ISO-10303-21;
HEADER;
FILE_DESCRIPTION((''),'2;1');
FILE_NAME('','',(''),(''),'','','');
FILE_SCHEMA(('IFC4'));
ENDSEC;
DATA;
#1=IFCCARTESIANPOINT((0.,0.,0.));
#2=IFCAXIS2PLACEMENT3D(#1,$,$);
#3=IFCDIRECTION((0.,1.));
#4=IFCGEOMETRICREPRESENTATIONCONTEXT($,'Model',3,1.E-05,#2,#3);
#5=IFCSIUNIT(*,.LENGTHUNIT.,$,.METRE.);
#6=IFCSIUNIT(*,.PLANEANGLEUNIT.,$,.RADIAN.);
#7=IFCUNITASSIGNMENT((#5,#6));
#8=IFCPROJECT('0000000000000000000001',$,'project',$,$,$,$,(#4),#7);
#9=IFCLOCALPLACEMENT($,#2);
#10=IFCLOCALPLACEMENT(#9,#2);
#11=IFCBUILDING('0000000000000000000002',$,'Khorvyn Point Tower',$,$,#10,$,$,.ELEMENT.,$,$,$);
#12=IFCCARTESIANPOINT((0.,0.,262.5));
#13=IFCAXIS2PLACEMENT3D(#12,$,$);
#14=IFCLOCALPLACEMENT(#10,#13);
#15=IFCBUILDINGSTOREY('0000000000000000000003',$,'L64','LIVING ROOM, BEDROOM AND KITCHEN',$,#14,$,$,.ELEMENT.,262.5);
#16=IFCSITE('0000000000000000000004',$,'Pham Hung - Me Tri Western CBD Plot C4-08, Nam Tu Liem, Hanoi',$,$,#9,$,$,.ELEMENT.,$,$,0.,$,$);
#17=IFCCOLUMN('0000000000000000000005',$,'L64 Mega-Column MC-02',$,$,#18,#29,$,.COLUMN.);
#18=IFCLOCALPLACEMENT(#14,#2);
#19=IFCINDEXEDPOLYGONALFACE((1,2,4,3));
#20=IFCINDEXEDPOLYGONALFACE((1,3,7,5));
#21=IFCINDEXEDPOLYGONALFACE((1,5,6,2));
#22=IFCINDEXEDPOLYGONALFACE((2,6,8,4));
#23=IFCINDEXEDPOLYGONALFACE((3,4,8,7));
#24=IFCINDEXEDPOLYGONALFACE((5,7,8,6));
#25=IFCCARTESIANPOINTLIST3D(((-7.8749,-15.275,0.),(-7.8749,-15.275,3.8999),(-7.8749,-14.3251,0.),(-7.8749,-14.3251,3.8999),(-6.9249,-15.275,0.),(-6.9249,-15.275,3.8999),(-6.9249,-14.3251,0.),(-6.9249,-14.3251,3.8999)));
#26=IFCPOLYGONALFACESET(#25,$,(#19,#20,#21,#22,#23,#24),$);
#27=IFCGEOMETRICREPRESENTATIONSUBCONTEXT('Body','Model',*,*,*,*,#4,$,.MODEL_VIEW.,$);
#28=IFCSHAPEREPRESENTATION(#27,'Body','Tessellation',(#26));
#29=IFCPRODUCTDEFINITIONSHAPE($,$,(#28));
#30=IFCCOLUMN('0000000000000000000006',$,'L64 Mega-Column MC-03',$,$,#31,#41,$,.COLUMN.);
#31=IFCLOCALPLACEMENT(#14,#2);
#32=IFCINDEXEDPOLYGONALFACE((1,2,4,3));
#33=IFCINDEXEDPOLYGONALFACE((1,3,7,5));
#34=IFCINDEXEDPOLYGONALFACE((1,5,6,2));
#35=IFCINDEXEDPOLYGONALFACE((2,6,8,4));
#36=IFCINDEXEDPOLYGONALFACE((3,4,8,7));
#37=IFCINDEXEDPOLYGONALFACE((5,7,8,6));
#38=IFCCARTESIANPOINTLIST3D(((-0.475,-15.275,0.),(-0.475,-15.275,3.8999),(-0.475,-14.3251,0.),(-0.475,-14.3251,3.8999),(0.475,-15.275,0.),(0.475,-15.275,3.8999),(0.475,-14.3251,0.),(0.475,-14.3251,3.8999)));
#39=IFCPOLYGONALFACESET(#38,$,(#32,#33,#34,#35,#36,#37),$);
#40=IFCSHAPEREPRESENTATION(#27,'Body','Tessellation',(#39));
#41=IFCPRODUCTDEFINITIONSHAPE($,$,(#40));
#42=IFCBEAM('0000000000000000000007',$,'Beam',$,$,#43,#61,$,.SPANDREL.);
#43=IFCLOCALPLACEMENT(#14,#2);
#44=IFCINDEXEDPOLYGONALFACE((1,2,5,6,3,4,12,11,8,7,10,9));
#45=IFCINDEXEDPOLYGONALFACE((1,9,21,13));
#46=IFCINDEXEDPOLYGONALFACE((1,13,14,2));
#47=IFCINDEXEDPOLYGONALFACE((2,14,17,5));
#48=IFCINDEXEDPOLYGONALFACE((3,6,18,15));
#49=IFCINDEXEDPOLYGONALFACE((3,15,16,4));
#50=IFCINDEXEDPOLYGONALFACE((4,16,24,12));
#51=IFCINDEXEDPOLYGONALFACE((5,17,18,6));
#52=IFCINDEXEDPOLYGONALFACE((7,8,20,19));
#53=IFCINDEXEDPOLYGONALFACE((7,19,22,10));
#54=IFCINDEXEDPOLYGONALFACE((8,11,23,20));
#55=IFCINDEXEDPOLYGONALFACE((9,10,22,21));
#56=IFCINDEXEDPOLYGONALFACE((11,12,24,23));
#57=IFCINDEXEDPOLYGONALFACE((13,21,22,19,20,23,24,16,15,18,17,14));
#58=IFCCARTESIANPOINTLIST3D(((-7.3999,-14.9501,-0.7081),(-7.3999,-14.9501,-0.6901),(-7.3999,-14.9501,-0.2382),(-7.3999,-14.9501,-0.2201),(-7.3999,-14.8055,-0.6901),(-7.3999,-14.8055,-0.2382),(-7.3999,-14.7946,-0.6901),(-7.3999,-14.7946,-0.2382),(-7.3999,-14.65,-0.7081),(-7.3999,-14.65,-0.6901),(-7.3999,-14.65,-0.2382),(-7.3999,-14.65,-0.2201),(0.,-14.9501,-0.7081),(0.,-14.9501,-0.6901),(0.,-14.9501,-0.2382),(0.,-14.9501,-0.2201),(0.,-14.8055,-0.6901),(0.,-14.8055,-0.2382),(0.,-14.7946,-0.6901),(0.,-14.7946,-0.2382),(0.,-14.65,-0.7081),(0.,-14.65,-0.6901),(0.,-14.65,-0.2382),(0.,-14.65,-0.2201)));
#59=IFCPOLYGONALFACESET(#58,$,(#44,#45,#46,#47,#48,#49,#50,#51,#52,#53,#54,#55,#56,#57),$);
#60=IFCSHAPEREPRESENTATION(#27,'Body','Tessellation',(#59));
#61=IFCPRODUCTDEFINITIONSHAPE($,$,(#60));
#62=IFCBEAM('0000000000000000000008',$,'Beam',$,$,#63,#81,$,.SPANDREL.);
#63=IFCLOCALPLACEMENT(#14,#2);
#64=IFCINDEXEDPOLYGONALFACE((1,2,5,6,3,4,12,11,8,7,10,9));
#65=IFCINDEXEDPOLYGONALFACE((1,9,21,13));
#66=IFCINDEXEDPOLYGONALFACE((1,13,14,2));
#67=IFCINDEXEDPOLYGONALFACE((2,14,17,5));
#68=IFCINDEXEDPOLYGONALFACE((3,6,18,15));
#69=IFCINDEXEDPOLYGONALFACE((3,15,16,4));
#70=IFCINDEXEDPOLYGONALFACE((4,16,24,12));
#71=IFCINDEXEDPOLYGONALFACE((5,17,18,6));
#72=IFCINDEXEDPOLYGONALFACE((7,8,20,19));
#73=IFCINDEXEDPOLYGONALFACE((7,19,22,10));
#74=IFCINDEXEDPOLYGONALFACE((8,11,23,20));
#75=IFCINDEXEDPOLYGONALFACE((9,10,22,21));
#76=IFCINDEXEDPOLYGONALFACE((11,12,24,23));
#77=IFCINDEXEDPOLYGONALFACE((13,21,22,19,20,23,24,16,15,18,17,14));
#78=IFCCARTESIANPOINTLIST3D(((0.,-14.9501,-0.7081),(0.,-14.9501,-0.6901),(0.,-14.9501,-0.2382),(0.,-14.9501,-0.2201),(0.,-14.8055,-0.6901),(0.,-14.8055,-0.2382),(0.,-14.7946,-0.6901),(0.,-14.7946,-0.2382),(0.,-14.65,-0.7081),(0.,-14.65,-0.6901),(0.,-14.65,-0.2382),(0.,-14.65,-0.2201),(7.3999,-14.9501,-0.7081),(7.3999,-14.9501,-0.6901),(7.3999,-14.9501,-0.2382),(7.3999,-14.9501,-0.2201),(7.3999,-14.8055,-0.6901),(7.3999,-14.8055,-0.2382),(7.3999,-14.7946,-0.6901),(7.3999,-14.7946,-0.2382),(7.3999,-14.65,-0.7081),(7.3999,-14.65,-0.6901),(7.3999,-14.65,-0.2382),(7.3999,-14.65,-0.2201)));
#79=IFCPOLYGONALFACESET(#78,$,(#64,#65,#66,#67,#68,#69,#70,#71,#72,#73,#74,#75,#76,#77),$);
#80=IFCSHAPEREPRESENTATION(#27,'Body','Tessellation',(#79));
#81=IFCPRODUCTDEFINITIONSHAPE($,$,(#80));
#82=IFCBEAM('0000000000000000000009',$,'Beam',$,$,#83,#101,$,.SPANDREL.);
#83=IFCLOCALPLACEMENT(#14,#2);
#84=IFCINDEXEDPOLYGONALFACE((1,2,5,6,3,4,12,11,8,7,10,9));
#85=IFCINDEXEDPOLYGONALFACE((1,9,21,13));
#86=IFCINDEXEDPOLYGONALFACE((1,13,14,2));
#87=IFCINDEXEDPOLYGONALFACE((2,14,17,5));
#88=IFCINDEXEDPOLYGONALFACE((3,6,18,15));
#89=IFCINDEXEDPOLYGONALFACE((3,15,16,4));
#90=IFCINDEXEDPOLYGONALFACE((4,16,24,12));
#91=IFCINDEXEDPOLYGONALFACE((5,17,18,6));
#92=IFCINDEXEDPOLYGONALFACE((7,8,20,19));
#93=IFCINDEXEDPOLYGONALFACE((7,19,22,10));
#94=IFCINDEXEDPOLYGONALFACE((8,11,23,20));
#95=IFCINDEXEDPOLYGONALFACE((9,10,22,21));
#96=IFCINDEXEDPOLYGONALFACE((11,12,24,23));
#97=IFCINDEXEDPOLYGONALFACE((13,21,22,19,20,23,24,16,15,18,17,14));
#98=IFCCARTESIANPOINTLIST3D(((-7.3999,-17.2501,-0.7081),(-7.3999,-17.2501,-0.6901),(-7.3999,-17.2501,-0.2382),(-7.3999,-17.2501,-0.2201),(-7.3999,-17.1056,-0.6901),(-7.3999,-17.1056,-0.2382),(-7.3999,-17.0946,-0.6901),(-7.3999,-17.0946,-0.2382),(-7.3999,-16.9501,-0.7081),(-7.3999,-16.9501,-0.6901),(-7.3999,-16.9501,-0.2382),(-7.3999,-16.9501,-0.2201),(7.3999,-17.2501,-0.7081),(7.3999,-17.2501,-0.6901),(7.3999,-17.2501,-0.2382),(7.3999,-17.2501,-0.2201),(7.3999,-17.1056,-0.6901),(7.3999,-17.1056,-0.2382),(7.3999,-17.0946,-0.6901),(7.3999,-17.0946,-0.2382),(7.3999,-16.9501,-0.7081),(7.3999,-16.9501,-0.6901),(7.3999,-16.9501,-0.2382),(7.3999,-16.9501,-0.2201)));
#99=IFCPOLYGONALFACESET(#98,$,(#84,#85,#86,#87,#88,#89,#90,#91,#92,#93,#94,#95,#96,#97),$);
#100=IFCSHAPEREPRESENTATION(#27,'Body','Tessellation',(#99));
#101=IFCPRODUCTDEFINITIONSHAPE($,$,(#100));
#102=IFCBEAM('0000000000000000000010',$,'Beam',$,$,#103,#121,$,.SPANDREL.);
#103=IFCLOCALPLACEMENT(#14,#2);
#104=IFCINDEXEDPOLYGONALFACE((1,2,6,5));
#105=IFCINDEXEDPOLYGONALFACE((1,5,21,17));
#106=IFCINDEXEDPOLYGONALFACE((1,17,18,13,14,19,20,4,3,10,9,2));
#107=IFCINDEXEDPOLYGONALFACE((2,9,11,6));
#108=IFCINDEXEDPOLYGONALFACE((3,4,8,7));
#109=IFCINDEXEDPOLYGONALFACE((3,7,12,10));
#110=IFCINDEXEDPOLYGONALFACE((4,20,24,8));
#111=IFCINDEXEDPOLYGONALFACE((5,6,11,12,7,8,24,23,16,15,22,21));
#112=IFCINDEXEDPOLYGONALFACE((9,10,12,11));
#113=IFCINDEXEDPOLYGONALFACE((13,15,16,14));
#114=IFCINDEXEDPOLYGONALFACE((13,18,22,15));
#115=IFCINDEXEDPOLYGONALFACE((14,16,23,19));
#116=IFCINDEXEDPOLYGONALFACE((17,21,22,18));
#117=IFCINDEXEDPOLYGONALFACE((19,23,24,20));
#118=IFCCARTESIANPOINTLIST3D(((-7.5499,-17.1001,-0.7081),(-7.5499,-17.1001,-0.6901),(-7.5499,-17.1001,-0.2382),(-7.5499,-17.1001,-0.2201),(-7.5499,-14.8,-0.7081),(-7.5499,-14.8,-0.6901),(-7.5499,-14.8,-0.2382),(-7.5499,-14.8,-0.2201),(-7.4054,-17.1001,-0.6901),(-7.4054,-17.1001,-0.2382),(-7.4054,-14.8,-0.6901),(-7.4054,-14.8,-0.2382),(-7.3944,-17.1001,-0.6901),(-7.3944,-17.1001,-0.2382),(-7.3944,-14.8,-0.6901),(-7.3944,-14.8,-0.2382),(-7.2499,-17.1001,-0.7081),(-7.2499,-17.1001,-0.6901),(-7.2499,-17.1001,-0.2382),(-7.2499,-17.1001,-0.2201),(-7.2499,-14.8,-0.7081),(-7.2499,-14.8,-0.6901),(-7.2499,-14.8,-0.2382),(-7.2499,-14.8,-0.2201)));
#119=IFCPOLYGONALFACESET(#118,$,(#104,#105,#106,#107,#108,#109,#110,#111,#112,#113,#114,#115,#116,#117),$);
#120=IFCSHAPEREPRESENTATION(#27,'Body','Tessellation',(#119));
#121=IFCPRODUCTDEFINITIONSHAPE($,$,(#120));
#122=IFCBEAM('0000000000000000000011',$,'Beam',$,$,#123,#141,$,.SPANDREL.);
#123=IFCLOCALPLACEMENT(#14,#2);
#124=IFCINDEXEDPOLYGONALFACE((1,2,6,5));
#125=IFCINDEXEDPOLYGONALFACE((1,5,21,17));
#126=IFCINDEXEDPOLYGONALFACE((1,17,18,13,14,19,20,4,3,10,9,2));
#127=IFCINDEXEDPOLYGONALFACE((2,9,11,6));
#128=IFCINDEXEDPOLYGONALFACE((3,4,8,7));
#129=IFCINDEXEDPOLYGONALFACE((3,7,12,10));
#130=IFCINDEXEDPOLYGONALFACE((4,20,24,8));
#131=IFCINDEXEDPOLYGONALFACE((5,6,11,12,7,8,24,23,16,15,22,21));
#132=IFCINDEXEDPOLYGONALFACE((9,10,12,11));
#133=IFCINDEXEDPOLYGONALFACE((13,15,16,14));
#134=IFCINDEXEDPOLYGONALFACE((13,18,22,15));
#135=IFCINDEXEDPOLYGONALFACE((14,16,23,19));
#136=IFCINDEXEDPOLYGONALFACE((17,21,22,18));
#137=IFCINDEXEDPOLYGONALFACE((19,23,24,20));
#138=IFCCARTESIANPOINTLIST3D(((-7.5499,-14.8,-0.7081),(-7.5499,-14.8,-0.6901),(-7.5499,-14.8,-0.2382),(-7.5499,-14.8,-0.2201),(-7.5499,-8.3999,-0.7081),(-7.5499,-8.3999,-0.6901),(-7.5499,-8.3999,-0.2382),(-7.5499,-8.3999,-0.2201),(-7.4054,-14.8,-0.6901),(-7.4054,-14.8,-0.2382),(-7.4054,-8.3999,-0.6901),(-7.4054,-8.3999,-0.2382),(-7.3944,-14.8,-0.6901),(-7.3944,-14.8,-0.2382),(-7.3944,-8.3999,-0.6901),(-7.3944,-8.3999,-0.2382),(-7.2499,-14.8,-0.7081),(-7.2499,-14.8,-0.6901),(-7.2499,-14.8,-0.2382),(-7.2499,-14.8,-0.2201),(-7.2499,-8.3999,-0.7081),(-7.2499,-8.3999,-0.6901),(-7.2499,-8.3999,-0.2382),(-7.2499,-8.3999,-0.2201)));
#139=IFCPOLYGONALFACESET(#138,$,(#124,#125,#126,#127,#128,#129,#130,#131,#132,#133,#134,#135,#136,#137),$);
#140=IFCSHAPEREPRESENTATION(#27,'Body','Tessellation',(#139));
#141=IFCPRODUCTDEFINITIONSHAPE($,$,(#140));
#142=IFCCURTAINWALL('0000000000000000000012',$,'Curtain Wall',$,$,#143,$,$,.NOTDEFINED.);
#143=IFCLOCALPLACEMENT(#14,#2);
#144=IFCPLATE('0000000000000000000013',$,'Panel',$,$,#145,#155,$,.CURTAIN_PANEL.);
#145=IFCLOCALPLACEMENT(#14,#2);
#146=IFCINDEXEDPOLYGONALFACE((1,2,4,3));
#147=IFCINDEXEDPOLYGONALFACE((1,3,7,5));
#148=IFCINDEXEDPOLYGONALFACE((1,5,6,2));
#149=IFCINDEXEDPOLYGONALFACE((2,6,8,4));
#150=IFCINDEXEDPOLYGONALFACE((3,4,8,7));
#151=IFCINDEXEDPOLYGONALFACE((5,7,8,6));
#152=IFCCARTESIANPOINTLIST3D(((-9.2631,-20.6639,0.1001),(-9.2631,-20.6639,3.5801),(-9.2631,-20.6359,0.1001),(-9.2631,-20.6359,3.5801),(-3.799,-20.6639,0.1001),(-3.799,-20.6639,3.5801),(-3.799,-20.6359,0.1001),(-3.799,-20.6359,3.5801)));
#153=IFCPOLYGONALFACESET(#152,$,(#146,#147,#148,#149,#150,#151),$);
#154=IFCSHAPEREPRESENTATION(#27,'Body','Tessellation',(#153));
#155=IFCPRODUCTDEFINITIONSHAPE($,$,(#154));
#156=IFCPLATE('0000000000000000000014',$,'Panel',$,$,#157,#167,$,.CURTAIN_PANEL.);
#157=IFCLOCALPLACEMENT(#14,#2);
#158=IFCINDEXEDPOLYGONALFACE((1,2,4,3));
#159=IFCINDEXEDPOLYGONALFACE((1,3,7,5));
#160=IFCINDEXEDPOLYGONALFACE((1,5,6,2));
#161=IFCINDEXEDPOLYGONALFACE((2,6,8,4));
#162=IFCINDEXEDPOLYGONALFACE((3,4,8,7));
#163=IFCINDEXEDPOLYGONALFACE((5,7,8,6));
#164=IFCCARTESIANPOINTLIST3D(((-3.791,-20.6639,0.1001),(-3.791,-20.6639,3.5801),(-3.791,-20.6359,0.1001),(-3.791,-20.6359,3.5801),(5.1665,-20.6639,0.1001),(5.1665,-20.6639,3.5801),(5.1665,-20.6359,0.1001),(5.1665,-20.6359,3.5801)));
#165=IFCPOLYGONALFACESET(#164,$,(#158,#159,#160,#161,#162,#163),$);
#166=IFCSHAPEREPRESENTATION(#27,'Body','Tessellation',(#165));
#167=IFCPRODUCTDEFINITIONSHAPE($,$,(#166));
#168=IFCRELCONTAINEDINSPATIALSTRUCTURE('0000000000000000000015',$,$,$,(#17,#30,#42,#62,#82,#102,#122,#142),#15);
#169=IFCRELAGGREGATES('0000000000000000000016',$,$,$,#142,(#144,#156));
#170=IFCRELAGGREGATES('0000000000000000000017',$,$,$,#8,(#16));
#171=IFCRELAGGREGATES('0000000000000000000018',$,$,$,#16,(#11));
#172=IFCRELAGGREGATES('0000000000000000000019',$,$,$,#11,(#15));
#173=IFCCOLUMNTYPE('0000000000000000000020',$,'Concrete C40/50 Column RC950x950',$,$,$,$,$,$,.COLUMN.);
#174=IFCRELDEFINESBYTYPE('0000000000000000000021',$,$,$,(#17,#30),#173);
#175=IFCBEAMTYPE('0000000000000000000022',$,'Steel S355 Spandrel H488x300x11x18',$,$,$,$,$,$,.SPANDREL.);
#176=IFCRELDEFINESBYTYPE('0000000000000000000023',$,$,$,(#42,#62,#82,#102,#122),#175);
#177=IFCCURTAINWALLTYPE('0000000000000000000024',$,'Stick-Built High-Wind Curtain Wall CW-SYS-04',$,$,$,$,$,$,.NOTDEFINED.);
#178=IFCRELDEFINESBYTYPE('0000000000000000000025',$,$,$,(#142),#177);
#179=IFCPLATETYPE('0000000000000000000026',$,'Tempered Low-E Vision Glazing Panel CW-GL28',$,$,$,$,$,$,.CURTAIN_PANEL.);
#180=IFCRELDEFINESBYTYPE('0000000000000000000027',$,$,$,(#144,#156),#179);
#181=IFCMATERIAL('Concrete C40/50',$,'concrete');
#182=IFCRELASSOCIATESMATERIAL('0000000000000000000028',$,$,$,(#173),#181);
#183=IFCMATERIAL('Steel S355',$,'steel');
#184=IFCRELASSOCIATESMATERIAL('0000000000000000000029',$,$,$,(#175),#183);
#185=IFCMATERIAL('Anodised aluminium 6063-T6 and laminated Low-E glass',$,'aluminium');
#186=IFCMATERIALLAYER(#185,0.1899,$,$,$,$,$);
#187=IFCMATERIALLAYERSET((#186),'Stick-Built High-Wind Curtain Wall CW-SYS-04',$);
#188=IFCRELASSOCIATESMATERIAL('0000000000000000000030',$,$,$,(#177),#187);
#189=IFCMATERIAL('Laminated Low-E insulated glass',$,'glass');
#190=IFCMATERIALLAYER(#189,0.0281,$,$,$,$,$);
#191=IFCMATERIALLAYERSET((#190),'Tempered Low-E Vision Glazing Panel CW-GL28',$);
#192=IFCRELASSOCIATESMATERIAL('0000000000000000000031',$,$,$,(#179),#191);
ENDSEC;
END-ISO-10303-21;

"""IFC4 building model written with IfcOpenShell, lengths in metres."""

from ifc_helpers import new_model, si_unit, direction, frame, origin, origin_2d, place, context, subcontext, project, spatial, rectangle, i_section, extrude, material, layer, layer_set, material_profile, profile_set, type_object, element, aggregate, save


model = new_model("IFC4")

# Units and contexts
model_context = context("Model", 3, precision=1e-05, world=origin(), true_north=direction((0.0, 1.0)))
body_context = subcontext(model_context, "Body", "Model", "MODEL_VIEW")
ifc_project = project(units=[si_unit("LENGTHUNIT", "METRE"), si_unit("PLANEANGLEUNIT", "RADIAN")], contexts=[model_context])

# Site, building, storey
site_placement = place(None, origin())
site = spatial("IfcSite", under=ifc_project, at=site_placement, Name="Pham Hung - Me Tri Western CBD Plot C4-08, Nam Tu Liem, Hanoi", CompositionType="ELEMENT", RefElevation=0.0)
building_placement = place(site_placement, origin())
building = spatial("IfcBuilding", under=site, at=building_placement, Name="Khorvyn Point Tower", CompositionType="ELEMENT")
storey_placement = place(building_placement, frame((0.0, 0.0, 262.5)))
storey = spatial("IfcBuildingStorey", under=building, at=storey_placement, Name="L64", Description="LIVING ROOM, BEDROOM AND KITCHEN", CompositionType="ELEMENT", Elevation=262.5)

# Columns
ifc_material_1 = material(Name="Concrete C40/50", Category="concrete")
ifc_material_profile_1 = material_profile(ifc_material_1, rectangle(XDim=0.95, YDim=0.95, at=origin_2d()))
ifc_profile_set_1 = profile_set([ifc_material_profile_1], Name="Concrete C40/50 RC950x950")
column_type = type_object("IfcColumnType", Name="Concrete C40/50 Column RC950x950", PredefinedType="COLUMN", material=ifc_profile_set_1)
for number, where, z_axis, x_axis, name in (
    (1, (-7.3999, -14.8, 0.0), (0.0, 0.0, 1.0), (1.0, 0.0, 0.0), "L64 Mega-Column MC-02"),
    (2, (0.0, -14.8, 0.0), (0.0, 0.0, 1.0), (1.0, 0.0, 0.0), "L64 Mega-Column MC-03"),
):
    element("IfcColumn", number, at=place(storey_placement, frame(where, z_axis=z_axis, x_axis=x_axis)), inside=storey, type_object=column_type, Name=name, PredefinedType="COLUMN", context=body_context, shape_type="SweptSolid", body=[
        extrude(rectangle(XDim=0.95, YDim=0.95, at=origin_2d()), origin(), (0.0, 0.0, 1.0), 3.8999),
    ])

# Beams
ifc_material_2 = material(Name="Steel S355", Category="steel")
ifc_material_profile_2 = material_profile(ifc_material_2, i_section(OverallWidth=0.3, OverallDepth=0.488, WebThickness=0.011, FlangeThickness=0.0181, at=origin_2d()))
ifc_profile_set_2 = profile_set([ifc_material_profile_2], Name="Steel S355 H488x300x11x18")
beam_type = type_object("IfcBeamType", Name="Steel S355 Spandrel H488x300x11x18", PredefinedType="SPANDREL", material=ifc_profile_set_2)
for number, where, z_axis, x_axis, name in (
    (3, (-7.3999, -14.8, -0.4641), (1.0, 0.0, 0.0), (0.0, 1.0, 0.0), "Beam"),
    (4, (0.0, -14.8, -0.4641), (1.0, 0.0, 0.0), (0.0, 1.0, 0.0), "Beam"),
):
    element("IfcBeam", number, at=place(storey_placement, frame(where, z_axis=z_axis, x_axis=x_axis)), inside=storey, type_object=beam_type, Name=name, PredefinedType="SPANDREL", context=body_context, shape_type="SweptSolid", body=[
        extrude(i_section(OverallWidth=0.3, OverallDepth=0.488, WebThickness=0.011, FlangeThickness=0.0181, at=origin_2d()), origin(), (0.0, 0.0, 1.0), 7.3999),
    ])
beam_1_placement = place(storey_placement, frame((-7.3999, -17.1001, -0.4641), z_axis=(1.0, 0.0, 0.0), x_axis=(0.0, 1.0, 0.0)))
element("IfcBeam", 5, at=beam_1_placement, inside=storey, type_object=beam_type, Name="Beam", PredefinedType="SPANDREL", context=body_context, shape_type="SweptSolid", body=[
    extrude(i_section(OverallWidth=0.3, OverallDepth=0.488, WebThickness=0.011, FlangeThickness=0.0181, at=origin_2d()), origin(), (0.0, 0.0, 1.0), 14.7998),
])
beam_2_placement = place(storey_placement, frame((-7.3999, -17.1001, -0.4641), z_axis=(0.0, 1.0, 0.0), x_axis=(-1.0, 0.0, 0.0)))
element("IfcBeam", 6, at=beam_2_placement, inside=storey, type_object=beam_type, Name="Beam", PredefinedType="SPANDREL", context=body_context, shape_type="SweptSolid", body=[
    extrude(i_section(OverallWidth=0.3, OverallDepth=0.488, WebThickness=0.011, FlangeThickness=0.0181, at=origin_2d()), origin(), (0.0, 0.0, 1.0), 2.3),
])
beam_3_placement = place(storey_placement, frame((-7.3999, -14.8, -0.4641), z_axis=(0.0, 1.0, 0.0), x_axis=(-1.0, 0.0, 0.0)))
element("IfcBeam", 7, at=beam_3_placement, inside=storey, type_object=beam_type, Name="Beam", PredefinedType="SPANDREL", context=body_context, shape_type="SweptSolid", body=[
    extrude(i_section(OverallWidth=0.3, OverallDepth=0.488, WebThickness=0.011, FlangeThickness=0.0181, at=origin_2d()), origin(), (0.0, 0.0, 1.0), 6.4001),
])

# Curtain wall, plates
ifc_material_3 = material(Name="Anodised aluminium 6063-T6 and laminated Low-E glass", Category="aluminium")
ifc_layer_1 = layer(ifc_material_3, 0.1899)
ifc_layer_set_1 = layer_set([ifc_layer_1], Name="Stick-Built High-Wind Curtain Wall CW-SYS-04")
curtain_wall_type = type_object("IfcCurtainWallType", Name="Stick-Built High-Wind Curtain Wall CW-SYS-04", PredefinedType="NOTDEFINED", material=ifc_layer_set_1)
curtain_wall_placement = place(storey_placement, origin())
curtain_wall = element("IfcCurtainWall", 8, at=curtain_wall_placement, inside=storey, type_object=curtain_wall_type, Name="Curtain Wall", PredefinedType="NOTDEFINED")
ifc_material_4 = material(Name="Laminated Low-E insulated glass", Category="glass")
ifc_layer_2 = layer(ifc_material_4, 0.0281)
ifc_layer_set_2 = layer_set([ifc_layer_2], Name="Tempered Low-E Vision Glazing Panel CW-GL28")
plate_type = type_object("IfcPlateType", Name="Tempered Low-E Vision Glazing Panel CW-GL28", PredefinedType="CURTAIN_PANEL", material=ifc_layer_set_2)
plate_1_placement = place(storey_placement, frame((-6.531, -20.6499, 0.1001), z_axis=(0.0, 0.0, 1.0), x_axis=(-1.0, 0.0, 0.0)))
plate_1 = element("IfcPlate", 9, at=plate_1_placement, type_object=plate_type, Name="Panel", PredefinedType="CURTAIN_PANEL", context=body_context, shape_type="SweptSolid", body=[
    extrude(rectangle(XDim=5.4641, YDim=0.0281, at=origin_2d()), origin(), (0.0, 0.0, 1.0), 3.48),
])
plate_2_placement = place(storey_placement, frame((0.6877, -20.6499, 0.1001), z_axis=(0.0, 0.0, 1.0), x_axis=(-1.0, 0.0, 0.0)))
plate_2 = element("IfcPlate", 10, at=plate_2_placement, type_object=plate_type, Name="Panel", PredefinedType="CURTAIN_PANEL", context=body_context, shape_type="SweptSolid", body=[
    extrude(rectangle(XDim=8.9575, YDim=0.0281, at=origin_2d()), origin(), (0.0, 0.0, 1.0), 3.48),
])
aggregate(curtain_wall, [plate_1, plate_2])

save(model, "model.ifc")
